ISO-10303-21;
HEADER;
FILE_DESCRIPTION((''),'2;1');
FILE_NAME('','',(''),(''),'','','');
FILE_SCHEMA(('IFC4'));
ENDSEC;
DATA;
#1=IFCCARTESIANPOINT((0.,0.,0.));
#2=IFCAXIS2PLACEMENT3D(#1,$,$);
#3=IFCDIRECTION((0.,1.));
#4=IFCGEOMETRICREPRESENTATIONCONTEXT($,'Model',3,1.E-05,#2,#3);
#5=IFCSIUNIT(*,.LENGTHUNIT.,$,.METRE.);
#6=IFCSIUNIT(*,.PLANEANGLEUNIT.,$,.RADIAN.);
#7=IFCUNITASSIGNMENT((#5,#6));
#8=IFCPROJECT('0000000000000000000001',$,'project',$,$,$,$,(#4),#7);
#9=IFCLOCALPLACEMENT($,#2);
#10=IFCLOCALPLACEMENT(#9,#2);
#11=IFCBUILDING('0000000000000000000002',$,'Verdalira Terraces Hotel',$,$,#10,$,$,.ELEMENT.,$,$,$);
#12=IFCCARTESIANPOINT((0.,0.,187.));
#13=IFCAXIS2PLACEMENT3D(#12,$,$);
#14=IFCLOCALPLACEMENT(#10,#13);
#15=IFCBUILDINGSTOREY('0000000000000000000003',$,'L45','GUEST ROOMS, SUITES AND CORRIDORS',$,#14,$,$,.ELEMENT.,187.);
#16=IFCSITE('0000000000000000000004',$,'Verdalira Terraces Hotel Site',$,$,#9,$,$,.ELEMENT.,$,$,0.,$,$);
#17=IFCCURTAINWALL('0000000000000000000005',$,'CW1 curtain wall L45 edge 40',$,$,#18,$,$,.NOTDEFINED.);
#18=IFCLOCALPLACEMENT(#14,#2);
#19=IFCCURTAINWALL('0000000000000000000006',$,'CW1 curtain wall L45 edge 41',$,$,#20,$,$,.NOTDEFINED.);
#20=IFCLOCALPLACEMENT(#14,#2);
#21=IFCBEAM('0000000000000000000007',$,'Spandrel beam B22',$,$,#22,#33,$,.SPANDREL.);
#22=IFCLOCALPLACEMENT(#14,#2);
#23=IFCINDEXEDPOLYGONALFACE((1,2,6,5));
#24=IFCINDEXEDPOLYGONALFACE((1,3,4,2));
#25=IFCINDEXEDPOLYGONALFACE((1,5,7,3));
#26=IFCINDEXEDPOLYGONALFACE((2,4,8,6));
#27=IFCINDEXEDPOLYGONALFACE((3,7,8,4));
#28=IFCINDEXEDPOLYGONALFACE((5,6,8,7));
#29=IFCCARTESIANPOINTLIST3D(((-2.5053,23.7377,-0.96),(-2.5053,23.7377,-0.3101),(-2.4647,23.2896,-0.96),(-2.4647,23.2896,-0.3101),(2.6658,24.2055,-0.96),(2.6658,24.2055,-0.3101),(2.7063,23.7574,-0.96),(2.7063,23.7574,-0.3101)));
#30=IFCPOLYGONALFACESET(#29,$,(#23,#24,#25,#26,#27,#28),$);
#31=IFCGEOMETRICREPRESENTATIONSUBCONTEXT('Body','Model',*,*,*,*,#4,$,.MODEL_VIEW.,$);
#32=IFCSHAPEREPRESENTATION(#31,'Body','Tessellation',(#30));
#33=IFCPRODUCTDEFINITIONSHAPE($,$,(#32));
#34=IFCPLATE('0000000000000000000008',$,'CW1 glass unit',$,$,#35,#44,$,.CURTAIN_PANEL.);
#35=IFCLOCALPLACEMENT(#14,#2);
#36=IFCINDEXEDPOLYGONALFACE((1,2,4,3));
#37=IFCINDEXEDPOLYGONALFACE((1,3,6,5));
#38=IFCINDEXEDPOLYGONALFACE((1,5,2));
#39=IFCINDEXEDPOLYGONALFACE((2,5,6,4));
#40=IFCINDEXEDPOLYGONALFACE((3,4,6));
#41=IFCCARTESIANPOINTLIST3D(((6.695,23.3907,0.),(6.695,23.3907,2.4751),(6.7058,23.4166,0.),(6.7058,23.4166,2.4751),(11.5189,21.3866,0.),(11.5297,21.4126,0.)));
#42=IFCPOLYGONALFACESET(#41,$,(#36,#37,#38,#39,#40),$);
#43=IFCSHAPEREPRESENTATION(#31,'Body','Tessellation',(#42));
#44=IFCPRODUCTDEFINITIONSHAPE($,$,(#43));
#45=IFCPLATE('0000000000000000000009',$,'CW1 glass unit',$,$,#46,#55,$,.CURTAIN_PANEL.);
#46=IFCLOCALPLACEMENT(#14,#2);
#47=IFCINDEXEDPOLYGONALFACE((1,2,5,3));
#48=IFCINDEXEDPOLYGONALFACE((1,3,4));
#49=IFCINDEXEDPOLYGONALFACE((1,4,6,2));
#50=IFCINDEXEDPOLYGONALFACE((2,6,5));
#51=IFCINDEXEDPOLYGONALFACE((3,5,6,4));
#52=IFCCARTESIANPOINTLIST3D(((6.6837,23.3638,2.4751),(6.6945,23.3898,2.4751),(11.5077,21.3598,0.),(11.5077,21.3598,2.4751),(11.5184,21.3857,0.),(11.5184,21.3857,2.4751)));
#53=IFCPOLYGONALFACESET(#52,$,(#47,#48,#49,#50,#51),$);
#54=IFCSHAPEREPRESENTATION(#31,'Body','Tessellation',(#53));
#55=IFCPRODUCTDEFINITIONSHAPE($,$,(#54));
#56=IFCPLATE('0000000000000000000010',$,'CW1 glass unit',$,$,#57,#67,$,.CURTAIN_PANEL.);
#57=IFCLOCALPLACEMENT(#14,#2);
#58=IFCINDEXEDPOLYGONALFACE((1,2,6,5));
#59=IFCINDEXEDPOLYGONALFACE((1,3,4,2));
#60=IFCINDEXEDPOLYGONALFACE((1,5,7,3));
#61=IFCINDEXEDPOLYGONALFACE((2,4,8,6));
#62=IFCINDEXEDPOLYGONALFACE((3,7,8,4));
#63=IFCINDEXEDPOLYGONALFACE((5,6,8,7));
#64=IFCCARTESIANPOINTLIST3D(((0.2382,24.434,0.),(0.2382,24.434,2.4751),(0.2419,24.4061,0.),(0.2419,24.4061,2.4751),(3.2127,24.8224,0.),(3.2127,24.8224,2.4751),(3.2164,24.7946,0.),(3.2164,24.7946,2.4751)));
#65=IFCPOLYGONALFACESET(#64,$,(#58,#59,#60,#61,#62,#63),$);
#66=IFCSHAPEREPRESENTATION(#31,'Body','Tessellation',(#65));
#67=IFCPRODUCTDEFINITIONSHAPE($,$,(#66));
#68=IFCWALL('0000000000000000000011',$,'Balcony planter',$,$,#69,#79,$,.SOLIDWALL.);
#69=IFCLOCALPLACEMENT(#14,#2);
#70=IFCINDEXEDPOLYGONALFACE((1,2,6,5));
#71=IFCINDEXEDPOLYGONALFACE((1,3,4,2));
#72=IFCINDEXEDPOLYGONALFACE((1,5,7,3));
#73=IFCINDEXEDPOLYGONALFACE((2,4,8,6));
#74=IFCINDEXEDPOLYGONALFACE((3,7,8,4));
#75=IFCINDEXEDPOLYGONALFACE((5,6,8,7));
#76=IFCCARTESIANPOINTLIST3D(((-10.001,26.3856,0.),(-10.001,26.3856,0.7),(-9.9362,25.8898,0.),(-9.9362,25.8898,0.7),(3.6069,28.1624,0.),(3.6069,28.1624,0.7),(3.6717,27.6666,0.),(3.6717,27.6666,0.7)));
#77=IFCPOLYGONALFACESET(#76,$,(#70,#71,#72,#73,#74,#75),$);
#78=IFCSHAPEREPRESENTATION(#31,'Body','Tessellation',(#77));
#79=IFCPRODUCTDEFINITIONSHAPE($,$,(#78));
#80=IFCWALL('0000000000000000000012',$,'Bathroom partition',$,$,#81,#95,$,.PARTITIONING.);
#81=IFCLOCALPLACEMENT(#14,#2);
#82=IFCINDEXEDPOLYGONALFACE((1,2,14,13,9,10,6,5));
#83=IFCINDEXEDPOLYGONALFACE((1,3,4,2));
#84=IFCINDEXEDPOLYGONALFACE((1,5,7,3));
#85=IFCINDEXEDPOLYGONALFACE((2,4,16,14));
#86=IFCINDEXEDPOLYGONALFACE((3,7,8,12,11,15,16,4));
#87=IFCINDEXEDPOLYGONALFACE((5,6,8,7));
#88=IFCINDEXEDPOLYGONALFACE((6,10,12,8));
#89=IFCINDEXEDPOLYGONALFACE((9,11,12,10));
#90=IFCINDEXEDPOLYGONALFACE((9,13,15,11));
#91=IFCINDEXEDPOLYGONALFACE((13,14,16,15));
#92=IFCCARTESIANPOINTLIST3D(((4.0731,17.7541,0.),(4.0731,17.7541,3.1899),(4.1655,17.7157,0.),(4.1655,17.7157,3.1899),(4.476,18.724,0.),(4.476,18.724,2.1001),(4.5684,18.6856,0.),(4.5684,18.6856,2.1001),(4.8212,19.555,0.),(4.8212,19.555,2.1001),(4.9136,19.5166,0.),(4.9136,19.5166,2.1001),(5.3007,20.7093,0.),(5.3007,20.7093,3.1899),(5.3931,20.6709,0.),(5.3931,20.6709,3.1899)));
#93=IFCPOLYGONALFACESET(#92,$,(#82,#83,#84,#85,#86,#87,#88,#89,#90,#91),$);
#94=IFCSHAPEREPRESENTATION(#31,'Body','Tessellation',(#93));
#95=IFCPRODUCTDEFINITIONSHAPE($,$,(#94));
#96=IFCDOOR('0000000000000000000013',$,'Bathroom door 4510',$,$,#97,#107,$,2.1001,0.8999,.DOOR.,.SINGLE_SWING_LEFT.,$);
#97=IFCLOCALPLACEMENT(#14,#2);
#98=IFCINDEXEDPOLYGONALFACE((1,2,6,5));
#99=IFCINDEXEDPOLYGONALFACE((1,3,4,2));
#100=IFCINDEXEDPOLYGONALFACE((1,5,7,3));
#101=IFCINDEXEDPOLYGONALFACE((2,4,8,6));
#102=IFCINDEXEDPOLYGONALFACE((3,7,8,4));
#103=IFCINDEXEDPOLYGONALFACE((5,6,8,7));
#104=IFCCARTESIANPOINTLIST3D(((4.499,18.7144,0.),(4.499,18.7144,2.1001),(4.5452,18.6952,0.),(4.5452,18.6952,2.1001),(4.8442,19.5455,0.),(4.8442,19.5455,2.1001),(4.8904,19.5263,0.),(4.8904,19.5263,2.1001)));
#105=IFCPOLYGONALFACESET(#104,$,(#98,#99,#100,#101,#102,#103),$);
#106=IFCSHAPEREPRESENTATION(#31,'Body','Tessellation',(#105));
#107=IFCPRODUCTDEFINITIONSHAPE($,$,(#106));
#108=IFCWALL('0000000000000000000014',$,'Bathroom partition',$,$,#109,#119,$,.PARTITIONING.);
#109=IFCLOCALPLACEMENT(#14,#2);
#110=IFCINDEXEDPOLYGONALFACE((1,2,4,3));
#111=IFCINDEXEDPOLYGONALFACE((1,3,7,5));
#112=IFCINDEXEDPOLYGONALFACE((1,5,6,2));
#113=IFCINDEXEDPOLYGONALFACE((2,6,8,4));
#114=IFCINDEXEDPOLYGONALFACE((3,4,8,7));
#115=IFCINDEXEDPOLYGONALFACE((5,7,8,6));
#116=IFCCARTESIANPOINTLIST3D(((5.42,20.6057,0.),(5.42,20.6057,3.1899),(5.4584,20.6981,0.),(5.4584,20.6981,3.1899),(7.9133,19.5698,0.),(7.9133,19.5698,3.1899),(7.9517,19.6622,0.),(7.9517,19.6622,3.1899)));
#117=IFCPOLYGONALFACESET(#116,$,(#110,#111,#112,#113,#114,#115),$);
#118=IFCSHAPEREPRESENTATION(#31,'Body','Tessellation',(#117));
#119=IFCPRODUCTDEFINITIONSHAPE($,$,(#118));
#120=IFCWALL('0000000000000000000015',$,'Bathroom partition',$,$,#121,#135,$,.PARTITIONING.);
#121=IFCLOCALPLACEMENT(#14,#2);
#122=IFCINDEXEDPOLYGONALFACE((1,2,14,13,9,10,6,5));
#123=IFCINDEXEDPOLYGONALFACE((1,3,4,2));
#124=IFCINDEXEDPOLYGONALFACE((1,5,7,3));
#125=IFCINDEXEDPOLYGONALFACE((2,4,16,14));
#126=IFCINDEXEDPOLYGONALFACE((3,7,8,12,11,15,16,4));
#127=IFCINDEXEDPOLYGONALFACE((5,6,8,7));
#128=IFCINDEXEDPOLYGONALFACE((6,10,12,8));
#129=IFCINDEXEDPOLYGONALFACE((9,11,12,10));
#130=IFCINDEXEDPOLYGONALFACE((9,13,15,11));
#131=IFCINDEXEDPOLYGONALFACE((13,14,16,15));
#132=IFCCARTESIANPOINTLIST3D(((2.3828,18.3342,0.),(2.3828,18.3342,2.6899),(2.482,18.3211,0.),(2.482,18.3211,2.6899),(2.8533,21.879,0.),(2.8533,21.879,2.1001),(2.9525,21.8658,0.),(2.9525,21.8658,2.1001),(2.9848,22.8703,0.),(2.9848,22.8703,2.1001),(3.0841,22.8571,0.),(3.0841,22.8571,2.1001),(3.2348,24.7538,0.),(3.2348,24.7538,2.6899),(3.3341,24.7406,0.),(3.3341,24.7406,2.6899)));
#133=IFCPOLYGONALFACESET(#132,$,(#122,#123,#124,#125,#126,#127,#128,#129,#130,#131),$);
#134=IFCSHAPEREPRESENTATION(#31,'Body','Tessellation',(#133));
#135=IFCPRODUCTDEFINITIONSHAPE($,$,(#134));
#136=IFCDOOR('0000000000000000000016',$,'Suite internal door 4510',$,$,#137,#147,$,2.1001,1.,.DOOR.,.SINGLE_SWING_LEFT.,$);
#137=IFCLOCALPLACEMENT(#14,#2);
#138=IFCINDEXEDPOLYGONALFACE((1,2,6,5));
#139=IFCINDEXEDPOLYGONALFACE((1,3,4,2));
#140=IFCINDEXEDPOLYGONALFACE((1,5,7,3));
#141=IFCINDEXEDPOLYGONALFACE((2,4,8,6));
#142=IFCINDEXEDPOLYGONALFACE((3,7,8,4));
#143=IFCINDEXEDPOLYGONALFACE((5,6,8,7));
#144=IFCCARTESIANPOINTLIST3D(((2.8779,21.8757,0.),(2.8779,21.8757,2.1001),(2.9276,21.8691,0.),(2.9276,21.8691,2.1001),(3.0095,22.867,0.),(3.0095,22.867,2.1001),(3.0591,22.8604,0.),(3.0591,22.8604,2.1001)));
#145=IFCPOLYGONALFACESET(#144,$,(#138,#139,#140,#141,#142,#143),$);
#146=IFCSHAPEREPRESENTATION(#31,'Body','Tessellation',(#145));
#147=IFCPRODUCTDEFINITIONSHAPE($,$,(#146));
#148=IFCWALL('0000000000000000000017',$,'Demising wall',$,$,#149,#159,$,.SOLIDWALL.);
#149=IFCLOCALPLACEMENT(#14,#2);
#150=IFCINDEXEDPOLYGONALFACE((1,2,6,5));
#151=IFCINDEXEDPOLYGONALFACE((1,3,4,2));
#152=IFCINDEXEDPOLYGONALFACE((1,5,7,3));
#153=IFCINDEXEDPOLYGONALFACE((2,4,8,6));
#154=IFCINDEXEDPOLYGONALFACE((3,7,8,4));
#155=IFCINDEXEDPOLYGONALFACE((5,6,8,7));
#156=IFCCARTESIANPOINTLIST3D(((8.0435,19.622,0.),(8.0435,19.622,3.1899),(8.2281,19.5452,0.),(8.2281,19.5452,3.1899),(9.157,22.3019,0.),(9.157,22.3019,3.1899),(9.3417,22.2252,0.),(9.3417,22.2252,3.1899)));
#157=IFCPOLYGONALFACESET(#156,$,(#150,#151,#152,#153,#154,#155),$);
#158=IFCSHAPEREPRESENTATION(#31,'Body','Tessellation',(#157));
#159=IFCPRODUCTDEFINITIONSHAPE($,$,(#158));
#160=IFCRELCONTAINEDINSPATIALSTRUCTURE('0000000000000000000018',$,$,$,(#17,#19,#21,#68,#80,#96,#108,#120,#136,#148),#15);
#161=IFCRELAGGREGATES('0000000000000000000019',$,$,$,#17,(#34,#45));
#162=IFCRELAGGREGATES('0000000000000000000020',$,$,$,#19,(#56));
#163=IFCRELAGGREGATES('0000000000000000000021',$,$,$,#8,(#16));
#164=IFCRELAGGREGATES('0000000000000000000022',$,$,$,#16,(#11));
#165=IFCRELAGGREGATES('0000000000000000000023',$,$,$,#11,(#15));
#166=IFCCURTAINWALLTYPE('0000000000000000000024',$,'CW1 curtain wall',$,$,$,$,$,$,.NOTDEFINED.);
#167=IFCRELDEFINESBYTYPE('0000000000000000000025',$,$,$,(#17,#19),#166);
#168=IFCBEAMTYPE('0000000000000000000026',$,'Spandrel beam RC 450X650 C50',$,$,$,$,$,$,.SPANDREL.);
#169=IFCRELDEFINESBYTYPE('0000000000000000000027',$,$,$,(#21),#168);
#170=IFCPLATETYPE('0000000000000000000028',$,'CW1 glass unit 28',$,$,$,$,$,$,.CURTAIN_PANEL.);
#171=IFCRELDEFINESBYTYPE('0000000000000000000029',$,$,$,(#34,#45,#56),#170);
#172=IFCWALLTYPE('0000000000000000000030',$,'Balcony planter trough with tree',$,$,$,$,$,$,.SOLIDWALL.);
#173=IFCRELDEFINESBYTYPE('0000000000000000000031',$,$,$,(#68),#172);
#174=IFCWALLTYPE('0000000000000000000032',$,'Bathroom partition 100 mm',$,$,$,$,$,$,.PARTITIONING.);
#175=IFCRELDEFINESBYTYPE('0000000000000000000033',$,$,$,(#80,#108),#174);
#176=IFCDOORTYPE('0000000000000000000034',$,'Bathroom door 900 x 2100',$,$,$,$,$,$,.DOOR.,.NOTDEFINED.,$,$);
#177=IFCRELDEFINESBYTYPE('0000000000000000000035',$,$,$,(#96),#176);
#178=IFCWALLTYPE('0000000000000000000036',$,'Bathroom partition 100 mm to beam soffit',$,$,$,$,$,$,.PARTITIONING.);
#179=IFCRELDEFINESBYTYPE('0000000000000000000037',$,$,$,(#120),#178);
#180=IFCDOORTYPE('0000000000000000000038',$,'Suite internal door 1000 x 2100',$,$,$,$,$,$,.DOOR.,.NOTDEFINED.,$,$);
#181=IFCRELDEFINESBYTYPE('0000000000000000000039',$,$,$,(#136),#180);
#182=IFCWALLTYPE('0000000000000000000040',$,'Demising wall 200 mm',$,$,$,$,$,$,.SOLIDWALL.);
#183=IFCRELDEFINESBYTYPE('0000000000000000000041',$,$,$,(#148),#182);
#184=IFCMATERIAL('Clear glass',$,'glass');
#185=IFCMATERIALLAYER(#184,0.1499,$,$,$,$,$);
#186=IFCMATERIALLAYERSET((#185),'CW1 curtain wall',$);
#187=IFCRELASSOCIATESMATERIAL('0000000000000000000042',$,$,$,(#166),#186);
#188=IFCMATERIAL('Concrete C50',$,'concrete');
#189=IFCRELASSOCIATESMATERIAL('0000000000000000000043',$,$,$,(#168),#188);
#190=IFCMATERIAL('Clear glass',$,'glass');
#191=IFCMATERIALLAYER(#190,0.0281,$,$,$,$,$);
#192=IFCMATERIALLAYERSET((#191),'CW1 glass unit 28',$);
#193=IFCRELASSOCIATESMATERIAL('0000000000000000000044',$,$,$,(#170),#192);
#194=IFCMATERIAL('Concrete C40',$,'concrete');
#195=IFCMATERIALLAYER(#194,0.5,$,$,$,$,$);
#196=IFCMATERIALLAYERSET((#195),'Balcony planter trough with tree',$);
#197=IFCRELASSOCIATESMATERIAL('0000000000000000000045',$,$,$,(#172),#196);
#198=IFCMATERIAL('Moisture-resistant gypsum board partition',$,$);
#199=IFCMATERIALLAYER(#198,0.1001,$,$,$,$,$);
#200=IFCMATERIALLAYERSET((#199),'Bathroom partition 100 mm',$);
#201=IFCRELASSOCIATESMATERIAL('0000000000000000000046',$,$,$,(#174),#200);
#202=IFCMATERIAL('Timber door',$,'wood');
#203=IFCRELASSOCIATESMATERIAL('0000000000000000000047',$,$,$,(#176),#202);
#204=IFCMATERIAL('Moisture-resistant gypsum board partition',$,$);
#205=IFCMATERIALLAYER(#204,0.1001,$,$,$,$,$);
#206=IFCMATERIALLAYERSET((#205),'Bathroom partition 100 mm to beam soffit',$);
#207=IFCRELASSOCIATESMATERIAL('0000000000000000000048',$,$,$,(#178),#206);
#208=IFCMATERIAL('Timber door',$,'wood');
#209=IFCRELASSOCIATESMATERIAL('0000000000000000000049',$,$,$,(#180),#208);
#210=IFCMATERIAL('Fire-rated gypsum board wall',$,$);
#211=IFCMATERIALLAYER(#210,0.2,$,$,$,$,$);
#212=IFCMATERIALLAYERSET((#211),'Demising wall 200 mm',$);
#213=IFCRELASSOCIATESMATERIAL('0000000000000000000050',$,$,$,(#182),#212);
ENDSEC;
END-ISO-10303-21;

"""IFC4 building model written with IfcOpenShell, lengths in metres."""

from ifc_helpers import new_model, si_unit, direction, frame, frame_2d, origin, origin_2d, place, context, subcontext, project, spatial, polyline, rectangle, outline, extrude, material, layer, layer_set, material_profile, profile_set, type_object, element, fill, aggregate, save


model = new_model("IFC4")

# Units and contexts
model_context = context("Model", 3, precision=1e-05, world=origin(), true_north=direction((0.0, 1.0)))
body_context = subcontext(model_context, "Body", "Model", "MODEL_VIEW")
ifc_project = project(units=[si_unit("LENGTHUNIT", "METRE"), si_unit("PLANEANGLEUNIT", "RADIAN")], contexts=[model_context])

# Site, building, storey
site_placement = place(None, origin())
site = spatial("IfcSite", under=ifc_project, at=site_placement, Name="Verdalira Terraces Hotel Site", CompositionType="ELEMENT", RefElevation=0.0)
building_placement = place(site_placement, origin())
building = spatial("IfcBuilding", under=site, at=building_placement, Name="Verdalira Terraces Hotel", CompositionType="ELEMENT")
storey_placement = place(building_placement, frame((0.0, 0.0, 187.0)))
storey = spatial("IfcBuildingStorey", under=building, at=storey_placement, Name="L45", Description="GUEST ROOMS, SUITES AND CORRIDORS", CompositionType="ELEMENT", Elevation=187.0)

# Curtain wall
ifc_material_1 = material(Name="Clear glass", Category="glass")
ifc_layer_1 = layer(ifc_material_1, 0.1499)
ifc_layer_set_1 = layer_set([ifc_layer_1], Name="CW1 curtain wall")
curtain_wall_type = type_object("IfcCurtainWallType", Name="CW1 curtain wall", PredefinedType="NOTDEFINED", material=ifc_layer_set_1)
curtain_wall_1_placement = place(storey_placement, origin())
curtain_wall_1 = element("IfcCurtainWall", 1, at=curtain_wall_1_placement, inside=storey, type_object=curtain_wall_type, Name="CW1 curtain wall L45 edge 40", PredefinedType="NOTDEFINED")

# Curtain wall
curtain_wall_2_placement = place(storey_placement, origin())
curtain_wall_2 = element("IfcCurtainWall", 2, at=curtain_wall_2_placement, inside=storey, type_object=curtain_wall_type, Name="CW1 curtain wall L45 edge 41", PredefinedType="NOTDEFINED")

# Beam
ifc_material_2 = material(Name="Concrete C50", Category="concrete")
ifc_material_profile_1 = material_profile(ifc_material_2, rectangle(XDim=0.45, YDim=0.6499, at=origin_2d()), Name="RC 450X650")
ifc_profile_set_1 = profile_set([ifc_material_profile_1], Name="Concrete C50")
beam_type_1 = type_object("IfcBeamType", Name="Spandrel beam RC 450X650 C50", PredefinedType="SPANDREL", material=ifc_profile_set_1)
beam_1_placement = place(storey_placement, frame((2.686, 23.9814, -0.635), z_axis=(-0.995934, -0.090091, 0.0), x_axis=(0.090091, -0.995934, 0.0)))
element("IfcBeam", 3, at=beam_1_placement, inside=storey, type_object=beam_type_1, Name="Spandrel beam B22", PredefinedType="SPANDREL", context=body_context, shape_type="SweptSolid", body=[
    extrude(rectangle(XDim=0.45, YDim=0.6499, at=origin_2d()), origin(), (0.0, 0.0, 1.0), 5.1921),
])

# Plates
ifc_material_3 = material(Name="Clear glass", Category="glass")
ifc_layer_2 = layer(ifc_material_3, 0.0281)
ifc_layer_set_2 = layer_set([ifc_layer_2], Name="CW1 glass unit 28")
plate_type = type_object("IfcPlateType", Name="CW1 glass unit 28", PredefinedType="CURTAIN_PANEL", material=ifc_layer_set_2)
plate_1_placement = place(storey_placement, frame((9.1069, 22.3887, 1.2375), z_axis=(0.383651, 0.923478, 0.0), x_axis=(-0.923478, 0.383651, 0.0)))
plate_1 = element("IfcPlate", 4, at=plate_1_placement, type_object=plate_type, Name="CW1 glass unit", PredefinedType="CURTAIN_PANEL", context=body_context, shape_type="SweptSolid", body=[
    extrude(outline(polyline([(-2.6118, -1.2375), (2.6118, -1.2375), (2.6118, 1.2375), (-2.6118, -1.2375)])), origin(), (0.0, 0.0, 1.0), 0.0281),
])
plate_2_placement = place(storey_placement, frame((9.0957, 22.3618, 1.2375), z_axis=(0.383651, 0.923478, 0.0), x_axis=(-0.923478, 0.383651, 0.0)))
plate_2 = element("IfcPlate", 5, at=plate_2_placement, type_object=plate_type, Name="CW1 glass unit", PredefinedType="CURTAIN_PANEL", context=body_context, shape_type="SweptSolid", body=[
    extrude(outline(polyline([(-2.6118, -1.2375), (2.6118, 1.2375), (-2.6118, 1.2375), (-2.6118, -1.2375)])), origin(), (0.0, 0.0, 1.0), 0.0281),
])
aggregate(curtain_wall_1, [plate_1, plate_2])
plate_3_placement = place(storey_placement, frame((1.7273, 24.6143, 0.0), z_axis=(0.0, 0.0, 1.0), x_axis=(-0.991581, -0.129488, 0.0)))
plate_3 = element("IfcPlate", 6, at=plate_3_placement, type_object=plate_type, Name="CW1 glass unit", PredefinedType="CURTAIN_PANEL", context=body_context, shape_type="SweptSolid", body=[
    extrude(rectangle(XDim=2.9998, YDim=0.0281, at=origin_2d()), origin(), (0.0, 0.0, 1.0), 2.4751),
])
aggregate(curtain_wall_2, [plate_3])

# Wall
ifc_material_4 = material(Name="Concrete C40", Category="concrete")
ifc_layer_3 = layer(ifc_material_4, 0.5)
ifc_layer_set_3 = layer_set([ifc_layer_3], Name="Balcony planter trough with tree")
wall_type_1 = type_object("IfcWallType", Name="Balcony planter trough with tree", PredefinedType="SOLIDWALL", material=ifc_layer_set_3)
wall_1_placement = place(storey_placement, frame((3.6394, 27.9146, 0.0), z_axis=(0.0, 0.0, 1.0), x_axis=(-0.991583, -0.129476, 0.0)))
element("IfcWall", 7, at=wall_1_placement, inside=storey, type_object=wall_type_1, Name="Balcony planter", PredefinedType="SOLIDWALL", context=body_context, shape_type="SweptSolid", body=[
    extrude(rectangle(XDim=13.7234, YDim=0.5, at=frame_2d((6.8618, 0.0))), origin(), (0.0, 0.0, 1.0), 0.7),
])

# Wall, opening, door
ifc_material_5 = material(Name="Moisture-resistant gypsum board partition")
ifc_layer_4 = layer(ifc_material_5, 0.1001)
ifc_layer_set_4 = layer_set([ifc_layer_4], Name="Bathroom partition 100 mm")
wall_type_2 = type_object("IfcWallType", Name="Bathroom partition 100 mm", PredefinedType="PARTITIONING", material=ifc_layer_set_4)
wall_2_placement = place(storey_placement, frame((5.3469, 20.6902, 0.0), z_axis=(0.0, 0.0, 1.0), x_axis=(-0.383618, -0.923492, 0.0)))
wall_2 = element("IfcWall", 8, at=wall_2_placement, inside=storey, type_object=wall_type_2, Name="Bathroom partition", PredefinedType="PARTITIONING", context=body_context, shape_type="SweptSolid", body=[
    extrude(rectangle(XDim=3.2, YDim=0.1001, at=frame_2d((1.6001, 0.0))), origin(), (0.0, 0.0, 1.0), 3.1899),
])
opening_1_placement = place(wall_2_placement, frame((1.25, 0.0, 0.0)))
opening_1 = element("IfcOpeningElement", 9, at=opening_1_placement, cuts=wall_2, PredefinedType="OPENING", context=body_context, shape_type="SweptSolid", body=[
    extrude(rectangle(XDim=0.8999, YDim=2.1001, at=frame_2d((0.45, 1.05))), frame((0.0, 0.0601, 0.0), z_axis=(0.0, -1.0, 0.0), x_axis=(1.0, 0.0, 0.0)), (0.0, 0.0, 1.0), 0.1201),
])
ifc_material_6 = material(Name="Timber door", Category="wood")
door_type_1 = type_object("IfcDoorType", Name="Bathroom door 900 x 2100", OperationType="NOTDEFINED", PredefinedType="DOOR", material=ifc_material_6)
door_1_placement = place(opening_1_placement, origin())
door_1 = element("IfcDoor", 10, at=door_1_placement, inside=storey, type_object=door_type_1, Name="Bathroom door 4510", OperationType="SINGLE_SWING_LEFT", OverallHeight=2.1001, OverallWidth=0.8999, PredefinedType="DOOR", context=body_context, shape_type="SweptSolid", body=[
    extrude(rectangle(XDim=0.8999, YDim=2.1001, at=frame_2d((0.45, 1.05))), frame((0.0, 0.0249, 0.0), z_axis=(0.0, -1.0, 0.0), x_axis=(1.0, 0.0, 0.0)), (0.0, 0.0, 1.0), 0.05),
])
fill(opening_1, door_1)

# Wall
wall_3_placement = place(storey_placement, frame((7.9326, 19.616, 0.0), z_axis=(0.0, 0.0, 1.0), x_axis=(-0.923475, 0.383659, 0.0)))
element("IfcWall", 11, at=wall_3_placement, inside=storey, type_object=wall_type_2, Name="Bathroom partition", PredefinedType="PARTITIONING", context=body_context, shape_type="SweptSolid", body=[
    extrude(rectangle(XDim=2.7, YDim=0.1001, at=frame_2d((1.3501, 0.0))), origin(), (0.0, 0.0, 1.0), 3.1899),
])

# Wall, opening, door
ifc_material_7 = material(Name="Moisture-resistant gypsum board partition")
ifc_layer_5 = layer(ifc_material_7, 0.1001)
ifc_layer_set_5 = layer_set([ifc_layer_5], Name="Bathroom partition 100 mm to beam soffit")
wall_type_3 = type_object("IfcWallType", Name="Bathroom partition 100 mm to beam soffit", PredefinedType="PARTITIONING", material=ifc_layer_set_5)
wall_4_placement = place(storey_placement, frame((3.2844, 24.7471, 0.0), z_axis=(0.0, 0.0, 1.0), x_axis=(-0.131576, -0.991306, 0.0)))
wall_4 = element("IfcWall", 12, at=wall_4_placement, inside=storey, type_object=wall_type_3, Name="Bathroom partition", PredefinedType="PARTITIONING", context=body_context, shape_type="SweptSolid", body=[
    extrude(rectangle(XDim=6.4758, YDim=0.1001, at=frame_2d((3.2378, 0.0))), origin(), (0.0, 0.0, 1.0), 2.6899),
])
opening_2_placement = place(wall_4_placement, frame((1.8999, 0.0, 0.0)))
opening_2 = element("IfcOpeningElement", 13, at=opening_2_placement, cuts=wall_4, PredefinedType="OPENING", context=body_context, shape_type="SweptSolid", body=[
    extrude(rectangle(XDim=1.0, YDim=2.1001, at=frame_2d((0.5, 1.05))), frame((0.0, 0.0601, 0.0), z_axis=(0.0, -1.0, 0.0), x_axis=(1.0, 0.0, 0.0)), (0.0, 0.0, 1.0), 0.1201),
])
ifc_material_8 = material(Name="Timber door", Category="wood")
door_type_2 = type_object("IfcDoorType", Name="Suite internal door 1000 x 2100", OperationType="NOTDEFINED", PredefinedType="DOOR", material=ifc_material_8)
door_2_placement = place(opening_2_placement, origin())
door_2 = element("IfcDoor", 14, at=door_2_placement, inside=storey, type_object=door_type_2, Name="Suite internal door 4510", OperationType="SINGLE_SWING_LEFT", OverallHeight=2.1001, OverallWidth=1.0, PredefinedType="DOOR", context=body_context, shape_type="SweptSolid", body=[
    extrude(rectangle(XDim=1.0, YDim=2.1001, at=frame_2d((0.5, 1.05))), frame((0.0, 0.0249, 0.0), z_axis=(0.0, -1.0, 0.0), x_axis=(1.0, 0.0, 0.0)), (0.0, 0.0, 1.0), 0.05),
])
fill(opening_2, door_2)

# Wall
ifc_material_9 = material(Name="Fire-rated gypsum board wall")
ifc_layer_6 = layer(ifc_material_9, 0.2)
ifc_layer_set_6 = layer_set([ifc_layer_6], Name="Demising wall 200 mm")
wall_type_4 = type_object("IfcWallType", Name="Demising wall 200 mm", PredefinedType="SOLIDWALL", material=ifc_layer_set_6)
wall_5_placement = place(storey_placement, frame((8.1357, 19.5835, 0.0), z_axis=(0.0, 0.0, 1.0), x_axis=(0.383701, 0.923457, 0.0)))
element("IfcWall", 15, at=wall_5_placement, inside=storey, type_object=wall_type_4, Name="Demising wall", PredefinedType="SOLIDWALL", context=body_context, shape_type="SweptSolid", body=[
    extrude(rectangle(XDim=2.9021, YDim=0.2, at=frame_2d((1.4512, 0.0))), origin(), (0.0, 0.0, 1.0), 3.1899),
])

save(model, "model.ifc")
